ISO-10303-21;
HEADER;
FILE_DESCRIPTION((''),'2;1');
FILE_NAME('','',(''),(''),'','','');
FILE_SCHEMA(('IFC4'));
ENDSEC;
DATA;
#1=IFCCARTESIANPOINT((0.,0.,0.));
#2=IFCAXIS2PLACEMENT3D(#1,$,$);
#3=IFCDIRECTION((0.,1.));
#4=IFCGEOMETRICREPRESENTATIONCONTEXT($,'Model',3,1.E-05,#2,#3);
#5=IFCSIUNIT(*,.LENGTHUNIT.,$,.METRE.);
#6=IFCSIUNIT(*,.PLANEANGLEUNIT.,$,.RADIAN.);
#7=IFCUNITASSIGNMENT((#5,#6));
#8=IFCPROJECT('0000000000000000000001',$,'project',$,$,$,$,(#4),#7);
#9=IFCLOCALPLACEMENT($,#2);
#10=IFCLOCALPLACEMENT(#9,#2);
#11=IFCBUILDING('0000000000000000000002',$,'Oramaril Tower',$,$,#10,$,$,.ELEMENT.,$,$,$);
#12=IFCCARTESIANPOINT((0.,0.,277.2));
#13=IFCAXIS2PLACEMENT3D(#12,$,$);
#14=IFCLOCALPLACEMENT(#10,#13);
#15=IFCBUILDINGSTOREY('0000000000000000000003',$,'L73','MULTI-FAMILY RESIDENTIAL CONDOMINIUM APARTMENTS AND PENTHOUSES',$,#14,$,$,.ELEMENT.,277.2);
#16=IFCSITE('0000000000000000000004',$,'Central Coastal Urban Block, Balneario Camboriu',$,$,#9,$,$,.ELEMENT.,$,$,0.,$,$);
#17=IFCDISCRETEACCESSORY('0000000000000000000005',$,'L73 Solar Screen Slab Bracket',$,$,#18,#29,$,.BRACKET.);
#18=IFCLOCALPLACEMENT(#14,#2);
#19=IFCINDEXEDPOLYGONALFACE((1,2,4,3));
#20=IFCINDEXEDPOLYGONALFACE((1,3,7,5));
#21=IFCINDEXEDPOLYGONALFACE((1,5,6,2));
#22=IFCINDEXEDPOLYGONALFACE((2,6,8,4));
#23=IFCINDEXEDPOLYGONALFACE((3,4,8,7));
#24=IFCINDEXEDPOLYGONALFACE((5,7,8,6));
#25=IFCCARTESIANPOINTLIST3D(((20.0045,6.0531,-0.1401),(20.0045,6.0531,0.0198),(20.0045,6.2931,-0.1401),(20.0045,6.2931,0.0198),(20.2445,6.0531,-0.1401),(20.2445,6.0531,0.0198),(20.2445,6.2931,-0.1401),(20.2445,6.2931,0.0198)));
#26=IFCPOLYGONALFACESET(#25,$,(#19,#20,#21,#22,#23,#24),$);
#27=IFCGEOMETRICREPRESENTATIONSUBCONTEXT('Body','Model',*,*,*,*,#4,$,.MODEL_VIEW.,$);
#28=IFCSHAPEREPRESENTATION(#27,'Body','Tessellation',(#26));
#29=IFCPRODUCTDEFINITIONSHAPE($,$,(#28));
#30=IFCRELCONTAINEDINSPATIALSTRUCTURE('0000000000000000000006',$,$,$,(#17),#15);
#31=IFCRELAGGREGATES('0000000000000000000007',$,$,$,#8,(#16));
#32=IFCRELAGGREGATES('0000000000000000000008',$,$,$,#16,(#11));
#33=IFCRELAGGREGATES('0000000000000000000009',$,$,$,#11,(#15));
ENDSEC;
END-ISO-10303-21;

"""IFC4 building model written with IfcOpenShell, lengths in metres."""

from ifc_helpers import new_model, si_unit, direction, frame, origin, origin_2d, place, context, subcontext, project, spatial, rectangle, extrude, element, save


model = new_model("IFC4")

# Units and contexts
model_context = context("Model", 3, precision=1e-05, world=origin(), true_north=direction((0.0, 1.0)))
body_context = subcontext(model_context, "Body", "Model", "MODEL_VIEW")
ifc_project = project(units=[si_unit("LENGTHUNIT", "METRE"), si_unit("PLANEANGLEUNIT", "RADIAN")], contexts=[model_context])

# Site, building, storey
site_placement = place(None, origin())
site = spatial("IfcSite", under=ifc_project, at=site_placement, Name="Central Coastal Urban Block, Balneario Camboriu", CompositionType="ELEMENT", RefElevation=0.0)
building_placement = place(site_placement, origin())
building = spatial("IfcBuilding", under=site, at=building_placement, Name="Oramaril Tower", CompositionType="ELEMENT")
storey_placement = place(building_placement, frame((0.0, 0.0, 277.2)))
storey = spatial("IfcBuildingStorey", under=building, at=storey_placement, Name="L73", Description="MULTI-FAMILY RESIDENTIAL CONDOMINIUM APARTMENTS AND PENTHOUSES", CompositionType="ELEMENT", Elevation=277.2)

# Discrete accessory
discrete_accessory_placement = place(storey_placement, frame((20.1245, 6.1731, -0.1401), z_axis=(0.0, 0.0, 1.0), x_axis=(1.0, 0.0, 0.0)))
element("IfcDiscreteAccessory", 1, at=discrete_accessory_placement, inside=storey, Name="L73 Solar Screen Slab Bracket", PredefinedType="BRACKET", context=body_context, shape_type="SweptSolid", body=[
    extrude(rectangle(XDim=0.24, YDim=0.24, at=origin_2d()), origin(), (0.0, 0.0, 1.0), 0.1599),
])

save(model, "model.ifc")
